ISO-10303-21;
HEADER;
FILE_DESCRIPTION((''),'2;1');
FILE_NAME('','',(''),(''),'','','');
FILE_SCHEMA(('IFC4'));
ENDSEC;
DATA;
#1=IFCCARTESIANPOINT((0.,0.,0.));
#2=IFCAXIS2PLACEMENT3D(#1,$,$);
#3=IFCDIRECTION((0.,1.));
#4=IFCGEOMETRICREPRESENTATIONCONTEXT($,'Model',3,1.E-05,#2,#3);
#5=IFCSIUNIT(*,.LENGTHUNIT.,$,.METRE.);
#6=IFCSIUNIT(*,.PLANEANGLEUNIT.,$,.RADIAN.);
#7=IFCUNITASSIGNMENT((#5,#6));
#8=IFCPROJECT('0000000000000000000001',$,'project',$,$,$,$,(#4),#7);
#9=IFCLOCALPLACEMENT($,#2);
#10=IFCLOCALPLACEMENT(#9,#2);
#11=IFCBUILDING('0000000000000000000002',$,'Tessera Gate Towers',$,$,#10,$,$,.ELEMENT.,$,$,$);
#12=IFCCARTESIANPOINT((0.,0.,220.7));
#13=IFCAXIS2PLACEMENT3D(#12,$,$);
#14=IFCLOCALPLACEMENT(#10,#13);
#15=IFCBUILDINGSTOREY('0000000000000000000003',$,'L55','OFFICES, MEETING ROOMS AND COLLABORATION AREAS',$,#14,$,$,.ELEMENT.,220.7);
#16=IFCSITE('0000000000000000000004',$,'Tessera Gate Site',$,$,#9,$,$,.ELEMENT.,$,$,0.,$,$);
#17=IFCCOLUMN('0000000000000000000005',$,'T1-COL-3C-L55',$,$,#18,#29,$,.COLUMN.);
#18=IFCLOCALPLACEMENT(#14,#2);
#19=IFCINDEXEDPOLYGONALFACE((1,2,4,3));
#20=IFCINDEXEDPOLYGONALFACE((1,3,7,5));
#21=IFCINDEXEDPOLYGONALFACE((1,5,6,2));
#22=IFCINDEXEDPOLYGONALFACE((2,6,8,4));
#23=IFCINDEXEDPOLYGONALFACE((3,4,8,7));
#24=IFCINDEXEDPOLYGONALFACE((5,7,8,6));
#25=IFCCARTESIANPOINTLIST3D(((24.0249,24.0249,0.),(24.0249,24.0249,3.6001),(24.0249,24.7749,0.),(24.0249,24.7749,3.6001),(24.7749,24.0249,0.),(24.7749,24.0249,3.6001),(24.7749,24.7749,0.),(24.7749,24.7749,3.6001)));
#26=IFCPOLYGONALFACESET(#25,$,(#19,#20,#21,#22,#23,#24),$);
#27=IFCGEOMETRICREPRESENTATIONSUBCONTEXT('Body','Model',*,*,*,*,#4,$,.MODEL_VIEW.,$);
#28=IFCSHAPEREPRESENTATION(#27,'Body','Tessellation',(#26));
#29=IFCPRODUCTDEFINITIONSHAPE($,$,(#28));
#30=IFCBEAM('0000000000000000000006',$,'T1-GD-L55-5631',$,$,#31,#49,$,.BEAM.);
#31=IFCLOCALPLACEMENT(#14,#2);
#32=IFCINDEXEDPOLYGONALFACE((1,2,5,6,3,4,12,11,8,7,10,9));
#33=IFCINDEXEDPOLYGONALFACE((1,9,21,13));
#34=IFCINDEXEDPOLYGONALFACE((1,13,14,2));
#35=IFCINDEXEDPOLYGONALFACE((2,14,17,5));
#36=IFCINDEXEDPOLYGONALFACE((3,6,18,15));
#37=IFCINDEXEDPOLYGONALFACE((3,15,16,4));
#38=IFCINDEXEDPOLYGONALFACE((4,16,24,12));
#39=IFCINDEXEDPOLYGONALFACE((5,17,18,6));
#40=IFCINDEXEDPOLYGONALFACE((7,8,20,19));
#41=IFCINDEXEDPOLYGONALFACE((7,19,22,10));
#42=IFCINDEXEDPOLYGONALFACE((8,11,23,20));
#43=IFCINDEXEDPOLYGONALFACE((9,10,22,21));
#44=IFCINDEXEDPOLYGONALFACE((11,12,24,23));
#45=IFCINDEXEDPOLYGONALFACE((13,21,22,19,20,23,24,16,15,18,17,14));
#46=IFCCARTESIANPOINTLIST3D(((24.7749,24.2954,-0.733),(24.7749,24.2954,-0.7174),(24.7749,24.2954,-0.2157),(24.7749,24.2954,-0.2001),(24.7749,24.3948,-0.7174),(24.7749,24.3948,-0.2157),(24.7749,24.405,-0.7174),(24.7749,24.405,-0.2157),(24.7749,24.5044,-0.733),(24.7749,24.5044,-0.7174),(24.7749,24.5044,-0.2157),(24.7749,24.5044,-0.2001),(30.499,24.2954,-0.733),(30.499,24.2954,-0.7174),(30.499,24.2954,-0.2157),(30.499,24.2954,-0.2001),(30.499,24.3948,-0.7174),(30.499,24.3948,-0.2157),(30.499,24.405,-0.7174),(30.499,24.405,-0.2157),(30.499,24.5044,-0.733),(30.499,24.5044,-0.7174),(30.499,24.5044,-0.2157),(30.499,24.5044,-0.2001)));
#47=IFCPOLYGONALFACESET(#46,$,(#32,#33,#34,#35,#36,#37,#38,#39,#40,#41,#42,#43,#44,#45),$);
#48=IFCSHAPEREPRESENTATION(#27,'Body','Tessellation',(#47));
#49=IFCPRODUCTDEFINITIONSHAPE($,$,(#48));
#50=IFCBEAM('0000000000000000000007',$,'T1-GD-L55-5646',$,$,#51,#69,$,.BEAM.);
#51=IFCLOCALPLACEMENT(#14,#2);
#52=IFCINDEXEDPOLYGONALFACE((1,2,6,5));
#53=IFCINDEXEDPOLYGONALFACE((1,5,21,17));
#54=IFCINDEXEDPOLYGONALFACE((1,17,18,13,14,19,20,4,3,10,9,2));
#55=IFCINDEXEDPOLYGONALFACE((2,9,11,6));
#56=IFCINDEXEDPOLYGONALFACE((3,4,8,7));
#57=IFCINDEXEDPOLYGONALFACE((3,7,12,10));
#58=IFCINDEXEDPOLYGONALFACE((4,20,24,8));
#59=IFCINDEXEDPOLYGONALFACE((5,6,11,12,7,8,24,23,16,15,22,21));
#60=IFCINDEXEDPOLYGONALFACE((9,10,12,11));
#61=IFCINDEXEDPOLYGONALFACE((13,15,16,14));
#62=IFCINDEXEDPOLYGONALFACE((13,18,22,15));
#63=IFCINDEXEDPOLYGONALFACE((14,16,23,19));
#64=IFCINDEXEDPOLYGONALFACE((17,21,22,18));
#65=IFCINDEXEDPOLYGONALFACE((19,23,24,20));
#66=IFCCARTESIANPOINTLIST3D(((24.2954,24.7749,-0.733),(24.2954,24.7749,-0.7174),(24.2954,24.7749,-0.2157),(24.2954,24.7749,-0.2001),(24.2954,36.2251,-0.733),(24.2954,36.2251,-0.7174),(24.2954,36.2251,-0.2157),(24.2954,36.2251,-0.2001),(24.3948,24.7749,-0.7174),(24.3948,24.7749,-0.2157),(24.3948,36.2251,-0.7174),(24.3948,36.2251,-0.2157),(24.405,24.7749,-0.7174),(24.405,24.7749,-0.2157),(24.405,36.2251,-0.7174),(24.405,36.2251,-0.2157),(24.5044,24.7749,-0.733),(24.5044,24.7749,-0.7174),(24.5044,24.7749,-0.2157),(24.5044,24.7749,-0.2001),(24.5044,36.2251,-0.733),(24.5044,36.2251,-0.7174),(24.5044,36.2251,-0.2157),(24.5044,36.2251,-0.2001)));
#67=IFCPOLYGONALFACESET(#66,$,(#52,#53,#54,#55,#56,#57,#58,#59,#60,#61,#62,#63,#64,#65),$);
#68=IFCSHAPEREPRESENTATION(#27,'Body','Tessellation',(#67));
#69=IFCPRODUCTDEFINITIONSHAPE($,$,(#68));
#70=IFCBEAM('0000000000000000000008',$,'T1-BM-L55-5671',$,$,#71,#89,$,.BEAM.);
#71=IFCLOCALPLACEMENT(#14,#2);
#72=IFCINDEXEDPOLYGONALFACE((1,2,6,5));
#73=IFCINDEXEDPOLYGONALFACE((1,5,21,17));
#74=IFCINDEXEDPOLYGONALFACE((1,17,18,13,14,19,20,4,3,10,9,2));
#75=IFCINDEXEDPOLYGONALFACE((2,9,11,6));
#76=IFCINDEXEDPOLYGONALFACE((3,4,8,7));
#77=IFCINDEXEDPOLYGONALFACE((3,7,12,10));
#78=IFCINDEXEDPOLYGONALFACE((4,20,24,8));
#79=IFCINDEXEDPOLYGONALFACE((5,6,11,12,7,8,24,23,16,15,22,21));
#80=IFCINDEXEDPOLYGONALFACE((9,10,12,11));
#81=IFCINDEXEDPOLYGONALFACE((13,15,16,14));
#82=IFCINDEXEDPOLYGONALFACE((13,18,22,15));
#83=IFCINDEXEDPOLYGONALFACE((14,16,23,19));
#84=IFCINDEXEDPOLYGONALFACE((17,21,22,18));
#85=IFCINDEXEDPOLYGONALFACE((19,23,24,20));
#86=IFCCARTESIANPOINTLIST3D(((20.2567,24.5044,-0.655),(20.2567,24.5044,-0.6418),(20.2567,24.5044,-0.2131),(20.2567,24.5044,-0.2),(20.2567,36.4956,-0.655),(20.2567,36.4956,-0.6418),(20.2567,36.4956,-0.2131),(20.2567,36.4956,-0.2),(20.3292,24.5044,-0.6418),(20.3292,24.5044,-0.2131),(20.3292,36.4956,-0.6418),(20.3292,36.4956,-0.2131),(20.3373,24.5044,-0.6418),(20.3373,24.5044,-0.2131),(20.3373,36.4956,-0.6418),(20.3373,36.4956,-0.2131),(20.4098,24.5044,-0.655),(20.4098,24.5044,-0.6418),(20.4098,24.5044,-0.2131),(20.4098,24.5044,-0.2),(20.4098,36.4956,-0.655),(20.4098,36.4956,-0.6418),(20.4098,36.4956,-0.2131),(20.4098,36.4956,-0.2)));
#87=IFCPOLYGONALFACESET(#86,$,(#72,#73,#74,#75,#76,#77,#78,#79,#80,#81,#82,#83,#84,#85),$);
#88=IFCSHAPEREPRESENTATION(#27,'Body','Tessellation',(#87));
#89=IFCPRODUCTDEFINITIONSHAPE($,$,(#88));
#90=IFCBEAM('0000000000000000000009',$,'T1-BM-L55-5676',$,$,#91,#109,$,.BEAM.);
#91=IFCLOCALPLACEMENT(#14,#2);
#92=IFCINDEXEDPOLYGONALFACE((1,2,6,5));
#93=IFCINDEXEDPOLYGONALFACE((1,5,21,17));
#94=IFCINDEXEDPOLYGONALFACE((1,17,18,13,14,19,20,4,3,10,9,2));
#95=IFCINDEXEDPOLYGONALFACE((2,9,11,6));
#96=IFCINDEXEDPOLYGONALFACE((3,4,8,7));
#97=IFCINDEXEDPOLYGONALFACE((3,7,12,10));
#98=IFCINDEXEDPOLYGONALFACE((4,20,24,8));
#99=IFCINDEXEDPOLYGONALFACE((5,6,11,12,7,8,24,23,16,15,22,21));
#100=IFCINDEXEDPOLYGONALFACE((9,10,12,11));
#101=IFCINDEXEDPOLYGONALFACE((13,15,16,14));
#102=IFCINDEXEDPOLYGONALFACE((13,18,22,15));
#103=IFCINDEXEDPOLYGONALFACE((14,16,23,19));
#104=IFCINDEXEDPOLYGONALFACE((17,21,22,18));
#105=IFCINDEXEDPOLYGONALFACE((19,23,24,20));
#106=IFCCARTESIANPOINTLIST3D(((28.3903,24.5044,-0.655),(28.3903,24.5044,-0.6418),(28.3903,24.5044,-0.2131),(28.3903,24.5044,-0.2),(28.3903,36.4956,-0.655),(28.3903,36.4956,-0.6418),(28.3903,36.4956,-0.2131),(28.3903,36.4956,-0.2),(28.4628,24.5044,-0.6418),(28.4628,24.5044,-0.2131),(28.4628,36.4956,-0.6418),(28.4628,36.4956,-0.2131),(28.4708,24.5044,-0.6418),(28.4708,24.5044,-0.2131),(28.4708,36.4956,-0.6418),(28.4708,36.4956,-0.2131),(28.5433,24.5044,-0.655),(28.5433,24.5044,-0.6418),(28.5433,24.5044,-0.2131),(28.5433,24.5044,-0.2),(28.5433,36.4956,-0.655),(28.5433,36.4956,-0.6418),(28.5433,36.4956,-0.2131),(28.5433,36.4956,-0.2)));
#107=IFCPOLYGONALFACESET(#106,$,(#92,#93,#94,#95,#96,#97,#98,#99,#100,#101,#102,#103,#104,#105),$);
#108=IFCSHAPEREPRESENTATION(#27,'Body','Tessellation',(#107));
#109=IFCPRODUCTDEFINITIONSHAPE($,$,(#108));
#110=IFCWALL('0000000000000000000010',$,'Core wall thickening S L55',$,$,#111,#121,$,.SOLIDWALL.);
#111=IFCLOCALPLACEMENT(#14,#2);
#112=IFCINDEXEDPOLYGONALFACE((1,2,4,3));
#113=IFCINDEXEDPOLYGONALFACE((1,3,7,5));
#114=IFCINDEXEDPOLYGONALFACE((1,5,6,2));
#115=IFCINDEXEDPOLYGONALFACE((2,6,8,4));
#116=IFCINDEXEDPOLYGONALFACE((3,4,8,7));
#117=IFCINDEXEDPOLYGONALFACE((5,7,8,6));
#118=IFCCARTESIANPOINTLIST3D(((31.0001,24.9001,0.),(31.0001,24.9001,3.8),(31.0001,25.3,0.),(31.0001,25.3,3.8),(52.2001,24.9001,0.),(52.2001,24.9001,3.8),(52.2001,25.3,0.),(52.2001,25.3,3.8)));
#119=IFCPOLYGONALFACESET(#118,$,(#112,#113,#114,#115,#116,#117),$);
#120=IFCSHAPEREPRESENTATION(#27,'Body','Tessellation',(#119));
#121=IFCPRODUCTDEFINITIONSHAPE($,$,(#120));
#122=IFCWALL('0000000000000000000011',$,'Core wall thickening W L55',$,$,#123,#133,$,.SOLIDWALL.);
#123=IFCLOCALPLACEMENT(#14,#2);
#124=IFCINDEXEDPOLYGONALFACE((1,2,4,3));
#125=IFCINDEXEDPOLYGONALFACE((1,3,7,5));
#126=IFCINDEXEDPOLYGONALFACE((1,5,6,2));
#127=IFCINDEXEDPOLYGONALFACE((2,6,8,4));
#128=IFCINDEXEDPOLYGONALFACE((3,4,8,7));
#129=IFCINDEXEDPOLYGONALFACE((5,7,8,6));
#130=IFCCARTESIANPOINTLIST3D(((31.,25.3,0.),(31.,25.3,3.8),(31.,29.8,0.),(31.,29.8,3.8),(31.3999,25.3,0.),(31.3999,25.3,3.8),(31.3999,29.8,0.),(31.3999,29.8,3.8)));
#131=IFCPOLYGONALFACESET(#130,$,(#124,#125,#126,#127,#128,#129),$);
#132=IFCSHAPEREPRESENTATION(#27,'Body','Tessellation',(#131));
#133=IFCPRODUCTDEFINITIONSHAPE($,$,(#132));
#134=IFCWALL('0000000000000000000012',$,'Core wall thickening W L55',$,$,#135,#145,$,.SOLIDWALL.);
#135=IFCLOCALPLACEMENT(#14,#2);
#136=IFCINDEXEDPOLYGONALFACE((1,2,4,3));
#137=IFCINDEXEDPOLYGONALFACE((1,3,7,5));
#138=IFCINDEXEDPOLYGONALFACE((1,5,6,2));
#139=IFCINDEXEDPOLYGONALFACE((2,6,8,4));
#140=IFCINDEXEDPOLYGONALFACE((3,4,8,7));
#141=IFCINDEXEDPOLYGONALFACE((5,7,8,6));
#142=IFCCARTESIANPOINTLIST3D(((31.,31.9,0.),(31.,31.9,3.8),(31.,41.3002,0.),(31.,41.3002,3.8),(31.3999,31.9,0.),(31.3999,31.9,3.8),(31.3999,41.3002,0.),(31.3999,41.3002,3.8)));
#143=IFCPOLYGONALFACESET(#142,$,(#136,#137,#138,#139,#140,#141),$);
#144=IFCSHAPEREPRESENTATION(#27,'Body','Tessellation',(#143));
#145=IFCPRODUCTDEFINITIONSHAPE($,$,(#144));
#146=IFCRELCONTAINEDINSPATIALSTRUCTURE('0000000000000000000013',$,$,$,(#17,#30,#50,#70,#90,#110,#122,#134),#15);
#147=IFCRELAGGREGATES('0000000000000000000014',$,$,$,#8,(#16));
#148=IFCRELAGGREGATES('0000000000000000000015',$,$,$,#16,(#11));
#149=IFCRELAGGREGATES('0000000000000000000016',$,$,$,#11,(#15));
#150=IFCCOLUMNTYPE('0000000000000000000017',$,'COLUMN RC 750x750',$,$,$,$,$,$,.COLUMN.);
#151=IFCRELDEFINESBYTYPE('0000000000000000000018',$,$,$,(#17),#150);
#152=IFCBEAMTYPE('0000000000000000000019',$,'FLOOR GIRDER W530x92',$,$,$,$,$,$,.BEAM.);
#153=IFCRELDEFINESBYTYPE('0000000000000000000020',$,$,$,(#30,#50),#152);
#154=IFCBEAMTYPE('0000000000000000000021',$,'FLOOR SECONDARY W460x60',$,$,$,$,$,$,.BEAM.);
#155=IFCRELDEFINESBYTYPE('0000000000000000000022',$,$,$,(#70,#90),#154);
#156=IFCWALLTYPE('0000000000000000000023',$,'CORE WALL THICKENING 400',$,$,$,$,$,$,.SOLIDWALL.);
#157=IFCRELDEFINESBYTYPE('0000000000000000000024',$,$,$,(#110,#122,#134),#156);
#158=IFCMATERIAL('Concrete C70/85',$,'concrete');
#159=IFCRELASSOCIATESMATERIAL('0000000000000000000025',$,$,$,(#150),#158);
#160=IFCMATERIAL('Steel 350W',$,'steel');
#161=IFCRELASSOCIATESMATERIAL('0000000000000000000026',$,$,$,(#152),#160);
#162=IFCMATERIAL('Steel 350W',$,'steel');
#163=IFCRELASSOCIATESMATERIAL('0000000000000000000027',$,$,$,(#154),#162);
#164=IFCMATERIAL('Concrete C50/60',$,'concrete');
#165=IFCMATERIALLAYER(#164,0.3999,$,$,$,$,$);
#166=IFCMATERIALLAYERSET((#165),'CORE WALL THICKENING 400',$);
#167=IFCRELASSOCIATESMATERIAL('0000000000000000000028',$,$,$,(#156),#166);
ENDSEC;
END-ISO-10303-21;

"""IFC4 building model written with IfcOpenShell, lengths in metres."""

from ifc_helpers import new_model, si_unit, direction, frame, frame_2d, origin, origin_2d, place, context, subcontext, project, spatial, rectangle, i_section, extrude, material, layer, layer_set, material_profile, profile_set, type_object, element, save


model = new_model("IFC4")

# Units and contexts
model_context = context("Model", 3, precision=1e-05, world=origin(), true_north=direction((0.0, 1.0)))
body_context = subcontext(model_context, "Body", "Model", "MODEL_VIEW")
ifc_project = project(units=[si_unit("LENGTHUNIT", "METRE"), si_unit("PLANEANGLEUNIT", "RADIAN")], contexts=[model_context])

# Site, building, storey
site_placement = place(None, origin())
site = spatial("IfcSite", under=ifc_project, at=site_placement, Name="Tessera Gate Site", CompositionType="ELEMENT", RefElevation=0.0)
building_placement = place(site_placement, origin())
building = spatial("IfcBuilding", under=site, at=building_placement, Name="Tessera Gate Towers", CompositionType="ELEMENT")
storey_placement = place(building_placement, frame((0.0, 0.0, 220.7)))
storey = spatial("IfcBuildingStorey", under=building, at=storey_placement, Name="L55", Description="OFFICES, MEETING ROOMS AND COLLABORATION AREAS", CompositionType="ELEMENT", Elevation=220.7)

# Column
ifc_material_1 = material(Name="Concrete C70/85", Category="concrete")
ifc_material_profile_1 = material_profile(ifc_material_1, rectangle(XDim=0.75, YDim=0.75, at=origin_2d()), Name="RC 750x750")
ifc_profile_set_1 = profile_set([ifc_material_profile_1], Name="Concrete C70/85")
column_type = type_object("IfcColumnType", Name="COLUMN RC 750x750", PredefinedType="COLUMN", material=ifc_profile_set_1)
column_placement = place(storey_placement, frame((24.3999, 24.3999, 0.0), z_axis=(0.0, 0.0, 1.0), x_axis=(1.0, 0.0, 0.0)))
element("IfcColumn", 1, at=column_placement, inside=storey, type_object=column_type, Name="T1-COL-3C-L55", PredefinedType="COLUMN", context=body_context, shape_type="SweptSolid", body=[
    extrude(rectangle(XDim=0.75, YDim=0.75, at=origin_2d()), origin(), (0.0, 0.0, 1.0), 3.6001),
])

# Beams
ifc_material_2 = material(Name="Steel 350W", Category="steel")
ifc_material_profile_2 = material_profile(ifc_material_2, i_section(OverallWidth=0.209, OverallDepth=0.533, WebThickness=0.0103, FlangeThickness=0.0156, at=origin_2d()), Name="W530x92")
ifc_profile_set_2 = profile_set([ifc_material_profile_2], Name="Steel 350W")
beam_type_1 = type_object("IfcBeamType", Name="FLOOR GIRDER W530x92", PredefinedType="BEAM", material=ifc_profile_set_2)
beam_1_placement = place(storey_placement, frame((24.7749, 24.3999, -0.4666), z_axis=(1.0, 0.0, 0.0), x_axis=(0.0, 1.0, 0.0)))
element("IfcBeam", 2, at=beam_1_placement, inside=storey, type_object=beam_type_1, Name="T1-GD-L55-5631", PredefinedType="BEAM", context=body_context, shape_type="SweptSolid", body=[
    extrude(i_section(OverallWidth=0.209, OverallDepth=0.533, WebThickness=0.0103, FlangeThickness=0.0156, at=origin_2d()), origin(), (0.0, 0.0, 1.0), 5.7241),
])
beam_2_placement = place(storey_placement, frame((24.3999, 24.7749, -0.4666), z_axis=(0.0, 1.0, 0.0), x_axis=(-1.0, 0.0, 0.0)))
element("IfcBeam", 3, at=beam_2_placement, inside=storey, type_object=beam_type_1, Name="T1-GD-L55-5646", PredefinedType="BEAM", context=body_context, shape_type="SweptSolid", body=[
    extrude(i_section(OverallWidth=0.209, OverallDepth=0.533, WebThickness=0.0103, FlangeThickness=0.0156, at=origin_2d()), origin(), (0.0, 0.0, 1.0), 11.4502),
])
ifc_material_3 = material(Name="Steel 350W", Category="steel")
ifc_material_profile_3 = material_profile(ifc_material_3, i_section(OverallWidth=0.1531, OverallDepth=0.4551, WebThickness=0.0081, FlangeThickness=0.0132, at=origin_2d()), Name="W460x60")
ifc_profile_set_3 = profile_set([ifc_material_profile_3], Name="Steel 350W")
beam_type_2 = type_object("IfcBeamType", Name="FLOOR SECONDARY W460x60", PredefinedType="BEAM", material=ifc_profile_set_3)
for number, where, z_axis, x_axis, name in (
    (4, (20.3333, 24.5044, -0.4275), (0.0, 1.0, 0.0), (-1.0, 0.0, 0.0), "T1-BM-L55-5671"),
    (5, (28.4668, 24.5044, -0.4275), (0.0, 1.0, 0.0), (-1.0, 0.0, 0.0), "T1-BM-L55-5676"),
):
    element("IfcBeam", number, at=place(storey_placement, frame(where, z_axis=z_axis, x_axis=x_axis)), inside=storey, type_object=beam_type_2, Name=name, PredefinedType="BEAM", context=body_context, shape_type="SweptSolid", body=[
        extrude(i_section(OverallWidth=0.1531, OverallDepth=0.4551, WebThickness=0.0081, FlangeThickness=0.0132, at=origin_2d()), origin(), (0.0, 0.0, 1.0), 11.9912),
    ])

# Walls
ifc_material_4 = material(Name="Concrete C50/60", Category="concrete")
ifc_layer_1 = layer(ifc_material_4, 0.3999)
ifc_layer_set_1 = layer_set([ifc_layer_1], Name="CORE WALL THICKENING 400")
wall_type_1 = type_object("IfcWallType", Name="CORE WALL THICKENING 400", PredefinedType="SOLIDWALL", material=ifc_layer_set_1)
wall_1_placement = place(storey_placement, frame((31.0, 25.1001, 0.0), z_axis=(0.0, 0.0, 1.0), x_axis=(1.0, 0.0, 0.0)))
element("IfcWall", 6, at=wall_1_placement, inside=storey, type_object=wall_type_1, Name="Core wall thickening S L55", PredefinedType="SOLIDWALL", context=body_context, shape_type="SweptSolid", body=[
    extrude(rectangle(XDim=21.2, YDim=0.3999, at=frame_2d((10.6001, 0.0))), origin(), (0.0, 0.0, 1.0), 3.8),
])
wall_2_placement = place(storey_placement, frame((31.2, 25.3, 0.0), z_axis=(0.0, 0.0, 1.0), x_axis=(0.0, 1.0, 0.0)))
element("IfcWall", 7, at=wall_2_placement, inside=storey, type_object=wall_type_1, Name="Core wall thickening W L55", PredefinedType="SOLIDWALL", context=body_context, shape_type="SweptSolid", body=[
    extrude(rectangle(XDim=4.5, YDim=0.3999, at=frame_2d((2.25, 0.0))), origin(), (0.0, 0.0, 1.0), 3.8),
])
wall_3_placement = place(storey_placement, frame((31.2, 31.8999, 0.0), z_axis=(0.0, 0.0, 1.0), x_axis=(0.0, 1.0, 0.0)))
element("IfcWall", 8, at=wall_3_placement, inside=storey, type_object=wall_type_1, Name="Core wall thickening W L55", PredefinedType="SOLIDWALL", context=body_context, shape_type="SweptSolid", body=[
    extrude(rectangle(XDim=9.4001, YDim=0.3999, at=frame_2d((4.7002, 0.0))), origin(), (0.0, 0.0, 1.0), 3.8),
])

save(model, "model.ifc")
